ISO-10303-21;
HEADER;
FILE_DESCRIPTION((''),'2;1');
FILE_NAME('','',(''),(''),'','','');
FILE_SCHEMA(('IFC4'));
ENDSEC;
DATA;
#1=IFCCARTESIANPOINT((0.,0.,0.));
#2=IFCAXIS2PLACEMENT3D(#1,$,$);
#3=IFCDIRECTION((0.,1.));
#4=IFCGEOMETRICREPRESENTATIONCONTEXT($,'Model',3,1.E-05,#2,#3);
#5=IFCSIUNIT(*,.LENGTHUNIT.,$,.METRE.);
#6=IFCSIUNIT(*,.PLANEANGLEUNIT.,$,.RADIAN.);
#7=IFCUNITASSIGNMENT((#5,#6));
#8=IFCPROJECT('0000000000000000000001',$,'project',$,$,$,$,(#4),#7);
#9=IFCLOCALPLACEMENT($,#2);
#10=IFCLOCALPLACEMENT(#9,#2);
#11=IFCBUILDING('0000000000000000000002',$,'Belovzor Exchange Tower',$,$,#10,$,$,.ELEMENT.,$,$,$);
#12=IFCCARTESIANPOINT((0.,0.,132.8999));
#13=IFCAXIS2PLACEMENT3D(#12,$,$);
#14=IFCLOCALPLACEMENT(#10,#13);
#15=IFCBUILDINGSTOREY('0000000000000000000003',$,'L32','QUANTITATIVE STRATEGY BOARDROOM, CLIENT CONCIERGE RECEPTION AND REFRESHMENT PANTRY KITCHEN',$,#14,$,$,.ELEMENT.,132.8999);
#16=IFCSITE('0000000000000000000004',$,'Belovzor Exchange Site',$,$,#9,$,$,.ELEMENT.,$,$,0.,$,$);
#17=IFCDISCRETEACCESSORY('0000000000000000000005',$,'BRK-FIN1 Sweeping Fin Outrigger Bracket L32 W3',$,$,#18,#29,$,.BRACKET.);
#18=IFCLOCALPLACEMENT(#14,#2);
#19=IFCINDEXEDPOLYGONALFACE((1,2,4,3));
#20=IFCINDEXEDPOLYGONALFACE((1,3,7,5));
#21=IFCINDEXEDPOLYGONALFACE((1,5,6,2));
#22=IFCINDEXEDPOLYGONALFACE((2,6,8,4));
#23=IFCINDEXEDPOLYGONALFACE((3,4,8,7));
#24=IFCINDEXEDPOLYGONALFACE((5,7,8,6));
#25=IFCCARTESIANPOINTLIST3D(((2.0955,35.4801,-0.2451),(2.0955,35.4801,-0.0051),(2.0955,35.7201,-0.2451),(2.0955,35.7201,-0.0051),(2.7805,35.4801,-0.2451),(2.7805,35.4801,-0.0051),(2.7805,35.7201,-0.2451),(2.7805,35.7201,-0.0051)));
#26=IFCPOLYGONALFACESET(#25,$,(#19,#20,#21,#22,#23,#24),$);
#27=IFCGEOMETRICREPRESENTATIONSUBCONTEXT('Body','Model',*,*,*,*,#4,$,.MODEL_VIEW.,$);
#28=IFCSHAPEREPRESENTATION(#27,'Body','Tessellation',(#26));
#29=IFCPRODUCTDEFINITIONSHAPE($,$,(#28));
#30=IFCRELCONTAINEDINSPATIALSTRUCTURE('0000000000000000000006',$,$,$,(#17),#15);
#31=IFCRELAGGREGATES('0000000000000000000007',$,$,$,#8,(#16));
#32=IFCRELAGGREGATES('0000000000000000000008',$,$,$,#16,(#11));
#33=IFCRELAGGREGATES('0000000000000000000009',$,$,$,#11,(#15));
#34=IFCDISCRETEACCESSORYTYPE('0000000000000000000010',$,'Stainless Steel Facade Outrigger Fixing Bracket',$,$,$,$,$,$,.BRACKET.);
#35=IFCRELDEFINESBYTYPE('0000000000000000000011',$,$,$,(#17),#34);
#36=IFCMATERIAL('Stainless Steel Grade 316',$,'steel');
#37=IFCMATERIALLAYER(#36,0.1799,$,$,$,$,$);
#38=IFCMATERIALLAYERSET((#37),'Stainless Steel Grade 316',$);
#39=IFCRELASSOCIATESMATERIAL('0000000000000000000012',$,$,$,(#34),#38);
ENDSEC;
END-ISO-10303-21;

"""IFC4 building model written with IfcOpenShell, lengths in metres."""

from ifc_helpers import new_model, si_unit, direction, frame, origin, origin_2d, place, context, subcontext, project, spatial, rectangle, extrude, material, layer, layer_set, type_object, element, save


model = new_model("IFC4")

# Units and contexts
model_context = context("Model", 3, precision=1e-05, world=origin(), true_north=direction((0.0, 1.0)))
body_context = subcontext(model_context, "Body", "Model", "MODEL_VIEW")
ifc_project = project(units=[si_unit("LENGTHUNIT", "METRE"), si_unit("PLANEANGLEUNIT", "RADIAN")], contexts=[model_context])

# Site, building, storey
site_placement = place(None, origin())
site = spatial("IfcSite", under=ifc_project, at=site_placement, Name="Belovzor Exchange Site", CompositionType="ELEMENT", RefElevation=0.0)
building_placement = place(site_placement, origin())
building = spatial("IfcBuilding", under=site, at=building_placement, Name="Belovzor Exchange Tower", CompositionType="ELEMENT")
storey_placement = place(building_placement, frame((0.0, 0.0, 132.8999)))
storey = spatial("IfcBuildingStorey", under=building, at=storey_placement, Name="L32", Description="QUANTITATIVE STRATEGY BOARDROOM, CLIENT CONCIERGE RECEPTION AND REFRESHMENT PANTRY KITCHEN", CompositionType="ELEMENT", Elevation=132.8999)

# Discrete accessory
ifc_material_1 = material(Name="Stainless Steel Grade 316", Category="steel")
ifc_layer_1 = layer(ifc_material_1, 0.1799)
ifc_layer_set_1 = layer_set([ifc_layer_1], Name="Stainless Steel Grade 316")
discrete_accessory_type = type_object("IfcDiscreteAccessoryType", Name="Stainless Steel Facade Outrigger Fixing Bracket", PredefinedType="BRACKET", material=ifc_layer_set_1)
discrete_accessory_placement = place(storey_placement, frame((2.438, 35.6001, -0.2451), z_axis=(0.0, 0.0, 1.0), x_axis=(1.0, 0.0, 0.0)))
element("IfcDiscreteAccessory", 1, at=discrete_accessory_placement, inside=storey, type_object=discrete_accessory_type, Name="BRK-FIN1 Sweeping Fin Outrigger Bracket L32 W3", PredefinedType="BRACKET", context=body_context, shape_type="SweptSolid", body=[
    extrude(rectangle(XDim=0.6851, YDim=0.24, at=origin_2d()), origin(), (0.0, 0.0, 1.0), 0.24),
])

save(model, "model.ifc")
